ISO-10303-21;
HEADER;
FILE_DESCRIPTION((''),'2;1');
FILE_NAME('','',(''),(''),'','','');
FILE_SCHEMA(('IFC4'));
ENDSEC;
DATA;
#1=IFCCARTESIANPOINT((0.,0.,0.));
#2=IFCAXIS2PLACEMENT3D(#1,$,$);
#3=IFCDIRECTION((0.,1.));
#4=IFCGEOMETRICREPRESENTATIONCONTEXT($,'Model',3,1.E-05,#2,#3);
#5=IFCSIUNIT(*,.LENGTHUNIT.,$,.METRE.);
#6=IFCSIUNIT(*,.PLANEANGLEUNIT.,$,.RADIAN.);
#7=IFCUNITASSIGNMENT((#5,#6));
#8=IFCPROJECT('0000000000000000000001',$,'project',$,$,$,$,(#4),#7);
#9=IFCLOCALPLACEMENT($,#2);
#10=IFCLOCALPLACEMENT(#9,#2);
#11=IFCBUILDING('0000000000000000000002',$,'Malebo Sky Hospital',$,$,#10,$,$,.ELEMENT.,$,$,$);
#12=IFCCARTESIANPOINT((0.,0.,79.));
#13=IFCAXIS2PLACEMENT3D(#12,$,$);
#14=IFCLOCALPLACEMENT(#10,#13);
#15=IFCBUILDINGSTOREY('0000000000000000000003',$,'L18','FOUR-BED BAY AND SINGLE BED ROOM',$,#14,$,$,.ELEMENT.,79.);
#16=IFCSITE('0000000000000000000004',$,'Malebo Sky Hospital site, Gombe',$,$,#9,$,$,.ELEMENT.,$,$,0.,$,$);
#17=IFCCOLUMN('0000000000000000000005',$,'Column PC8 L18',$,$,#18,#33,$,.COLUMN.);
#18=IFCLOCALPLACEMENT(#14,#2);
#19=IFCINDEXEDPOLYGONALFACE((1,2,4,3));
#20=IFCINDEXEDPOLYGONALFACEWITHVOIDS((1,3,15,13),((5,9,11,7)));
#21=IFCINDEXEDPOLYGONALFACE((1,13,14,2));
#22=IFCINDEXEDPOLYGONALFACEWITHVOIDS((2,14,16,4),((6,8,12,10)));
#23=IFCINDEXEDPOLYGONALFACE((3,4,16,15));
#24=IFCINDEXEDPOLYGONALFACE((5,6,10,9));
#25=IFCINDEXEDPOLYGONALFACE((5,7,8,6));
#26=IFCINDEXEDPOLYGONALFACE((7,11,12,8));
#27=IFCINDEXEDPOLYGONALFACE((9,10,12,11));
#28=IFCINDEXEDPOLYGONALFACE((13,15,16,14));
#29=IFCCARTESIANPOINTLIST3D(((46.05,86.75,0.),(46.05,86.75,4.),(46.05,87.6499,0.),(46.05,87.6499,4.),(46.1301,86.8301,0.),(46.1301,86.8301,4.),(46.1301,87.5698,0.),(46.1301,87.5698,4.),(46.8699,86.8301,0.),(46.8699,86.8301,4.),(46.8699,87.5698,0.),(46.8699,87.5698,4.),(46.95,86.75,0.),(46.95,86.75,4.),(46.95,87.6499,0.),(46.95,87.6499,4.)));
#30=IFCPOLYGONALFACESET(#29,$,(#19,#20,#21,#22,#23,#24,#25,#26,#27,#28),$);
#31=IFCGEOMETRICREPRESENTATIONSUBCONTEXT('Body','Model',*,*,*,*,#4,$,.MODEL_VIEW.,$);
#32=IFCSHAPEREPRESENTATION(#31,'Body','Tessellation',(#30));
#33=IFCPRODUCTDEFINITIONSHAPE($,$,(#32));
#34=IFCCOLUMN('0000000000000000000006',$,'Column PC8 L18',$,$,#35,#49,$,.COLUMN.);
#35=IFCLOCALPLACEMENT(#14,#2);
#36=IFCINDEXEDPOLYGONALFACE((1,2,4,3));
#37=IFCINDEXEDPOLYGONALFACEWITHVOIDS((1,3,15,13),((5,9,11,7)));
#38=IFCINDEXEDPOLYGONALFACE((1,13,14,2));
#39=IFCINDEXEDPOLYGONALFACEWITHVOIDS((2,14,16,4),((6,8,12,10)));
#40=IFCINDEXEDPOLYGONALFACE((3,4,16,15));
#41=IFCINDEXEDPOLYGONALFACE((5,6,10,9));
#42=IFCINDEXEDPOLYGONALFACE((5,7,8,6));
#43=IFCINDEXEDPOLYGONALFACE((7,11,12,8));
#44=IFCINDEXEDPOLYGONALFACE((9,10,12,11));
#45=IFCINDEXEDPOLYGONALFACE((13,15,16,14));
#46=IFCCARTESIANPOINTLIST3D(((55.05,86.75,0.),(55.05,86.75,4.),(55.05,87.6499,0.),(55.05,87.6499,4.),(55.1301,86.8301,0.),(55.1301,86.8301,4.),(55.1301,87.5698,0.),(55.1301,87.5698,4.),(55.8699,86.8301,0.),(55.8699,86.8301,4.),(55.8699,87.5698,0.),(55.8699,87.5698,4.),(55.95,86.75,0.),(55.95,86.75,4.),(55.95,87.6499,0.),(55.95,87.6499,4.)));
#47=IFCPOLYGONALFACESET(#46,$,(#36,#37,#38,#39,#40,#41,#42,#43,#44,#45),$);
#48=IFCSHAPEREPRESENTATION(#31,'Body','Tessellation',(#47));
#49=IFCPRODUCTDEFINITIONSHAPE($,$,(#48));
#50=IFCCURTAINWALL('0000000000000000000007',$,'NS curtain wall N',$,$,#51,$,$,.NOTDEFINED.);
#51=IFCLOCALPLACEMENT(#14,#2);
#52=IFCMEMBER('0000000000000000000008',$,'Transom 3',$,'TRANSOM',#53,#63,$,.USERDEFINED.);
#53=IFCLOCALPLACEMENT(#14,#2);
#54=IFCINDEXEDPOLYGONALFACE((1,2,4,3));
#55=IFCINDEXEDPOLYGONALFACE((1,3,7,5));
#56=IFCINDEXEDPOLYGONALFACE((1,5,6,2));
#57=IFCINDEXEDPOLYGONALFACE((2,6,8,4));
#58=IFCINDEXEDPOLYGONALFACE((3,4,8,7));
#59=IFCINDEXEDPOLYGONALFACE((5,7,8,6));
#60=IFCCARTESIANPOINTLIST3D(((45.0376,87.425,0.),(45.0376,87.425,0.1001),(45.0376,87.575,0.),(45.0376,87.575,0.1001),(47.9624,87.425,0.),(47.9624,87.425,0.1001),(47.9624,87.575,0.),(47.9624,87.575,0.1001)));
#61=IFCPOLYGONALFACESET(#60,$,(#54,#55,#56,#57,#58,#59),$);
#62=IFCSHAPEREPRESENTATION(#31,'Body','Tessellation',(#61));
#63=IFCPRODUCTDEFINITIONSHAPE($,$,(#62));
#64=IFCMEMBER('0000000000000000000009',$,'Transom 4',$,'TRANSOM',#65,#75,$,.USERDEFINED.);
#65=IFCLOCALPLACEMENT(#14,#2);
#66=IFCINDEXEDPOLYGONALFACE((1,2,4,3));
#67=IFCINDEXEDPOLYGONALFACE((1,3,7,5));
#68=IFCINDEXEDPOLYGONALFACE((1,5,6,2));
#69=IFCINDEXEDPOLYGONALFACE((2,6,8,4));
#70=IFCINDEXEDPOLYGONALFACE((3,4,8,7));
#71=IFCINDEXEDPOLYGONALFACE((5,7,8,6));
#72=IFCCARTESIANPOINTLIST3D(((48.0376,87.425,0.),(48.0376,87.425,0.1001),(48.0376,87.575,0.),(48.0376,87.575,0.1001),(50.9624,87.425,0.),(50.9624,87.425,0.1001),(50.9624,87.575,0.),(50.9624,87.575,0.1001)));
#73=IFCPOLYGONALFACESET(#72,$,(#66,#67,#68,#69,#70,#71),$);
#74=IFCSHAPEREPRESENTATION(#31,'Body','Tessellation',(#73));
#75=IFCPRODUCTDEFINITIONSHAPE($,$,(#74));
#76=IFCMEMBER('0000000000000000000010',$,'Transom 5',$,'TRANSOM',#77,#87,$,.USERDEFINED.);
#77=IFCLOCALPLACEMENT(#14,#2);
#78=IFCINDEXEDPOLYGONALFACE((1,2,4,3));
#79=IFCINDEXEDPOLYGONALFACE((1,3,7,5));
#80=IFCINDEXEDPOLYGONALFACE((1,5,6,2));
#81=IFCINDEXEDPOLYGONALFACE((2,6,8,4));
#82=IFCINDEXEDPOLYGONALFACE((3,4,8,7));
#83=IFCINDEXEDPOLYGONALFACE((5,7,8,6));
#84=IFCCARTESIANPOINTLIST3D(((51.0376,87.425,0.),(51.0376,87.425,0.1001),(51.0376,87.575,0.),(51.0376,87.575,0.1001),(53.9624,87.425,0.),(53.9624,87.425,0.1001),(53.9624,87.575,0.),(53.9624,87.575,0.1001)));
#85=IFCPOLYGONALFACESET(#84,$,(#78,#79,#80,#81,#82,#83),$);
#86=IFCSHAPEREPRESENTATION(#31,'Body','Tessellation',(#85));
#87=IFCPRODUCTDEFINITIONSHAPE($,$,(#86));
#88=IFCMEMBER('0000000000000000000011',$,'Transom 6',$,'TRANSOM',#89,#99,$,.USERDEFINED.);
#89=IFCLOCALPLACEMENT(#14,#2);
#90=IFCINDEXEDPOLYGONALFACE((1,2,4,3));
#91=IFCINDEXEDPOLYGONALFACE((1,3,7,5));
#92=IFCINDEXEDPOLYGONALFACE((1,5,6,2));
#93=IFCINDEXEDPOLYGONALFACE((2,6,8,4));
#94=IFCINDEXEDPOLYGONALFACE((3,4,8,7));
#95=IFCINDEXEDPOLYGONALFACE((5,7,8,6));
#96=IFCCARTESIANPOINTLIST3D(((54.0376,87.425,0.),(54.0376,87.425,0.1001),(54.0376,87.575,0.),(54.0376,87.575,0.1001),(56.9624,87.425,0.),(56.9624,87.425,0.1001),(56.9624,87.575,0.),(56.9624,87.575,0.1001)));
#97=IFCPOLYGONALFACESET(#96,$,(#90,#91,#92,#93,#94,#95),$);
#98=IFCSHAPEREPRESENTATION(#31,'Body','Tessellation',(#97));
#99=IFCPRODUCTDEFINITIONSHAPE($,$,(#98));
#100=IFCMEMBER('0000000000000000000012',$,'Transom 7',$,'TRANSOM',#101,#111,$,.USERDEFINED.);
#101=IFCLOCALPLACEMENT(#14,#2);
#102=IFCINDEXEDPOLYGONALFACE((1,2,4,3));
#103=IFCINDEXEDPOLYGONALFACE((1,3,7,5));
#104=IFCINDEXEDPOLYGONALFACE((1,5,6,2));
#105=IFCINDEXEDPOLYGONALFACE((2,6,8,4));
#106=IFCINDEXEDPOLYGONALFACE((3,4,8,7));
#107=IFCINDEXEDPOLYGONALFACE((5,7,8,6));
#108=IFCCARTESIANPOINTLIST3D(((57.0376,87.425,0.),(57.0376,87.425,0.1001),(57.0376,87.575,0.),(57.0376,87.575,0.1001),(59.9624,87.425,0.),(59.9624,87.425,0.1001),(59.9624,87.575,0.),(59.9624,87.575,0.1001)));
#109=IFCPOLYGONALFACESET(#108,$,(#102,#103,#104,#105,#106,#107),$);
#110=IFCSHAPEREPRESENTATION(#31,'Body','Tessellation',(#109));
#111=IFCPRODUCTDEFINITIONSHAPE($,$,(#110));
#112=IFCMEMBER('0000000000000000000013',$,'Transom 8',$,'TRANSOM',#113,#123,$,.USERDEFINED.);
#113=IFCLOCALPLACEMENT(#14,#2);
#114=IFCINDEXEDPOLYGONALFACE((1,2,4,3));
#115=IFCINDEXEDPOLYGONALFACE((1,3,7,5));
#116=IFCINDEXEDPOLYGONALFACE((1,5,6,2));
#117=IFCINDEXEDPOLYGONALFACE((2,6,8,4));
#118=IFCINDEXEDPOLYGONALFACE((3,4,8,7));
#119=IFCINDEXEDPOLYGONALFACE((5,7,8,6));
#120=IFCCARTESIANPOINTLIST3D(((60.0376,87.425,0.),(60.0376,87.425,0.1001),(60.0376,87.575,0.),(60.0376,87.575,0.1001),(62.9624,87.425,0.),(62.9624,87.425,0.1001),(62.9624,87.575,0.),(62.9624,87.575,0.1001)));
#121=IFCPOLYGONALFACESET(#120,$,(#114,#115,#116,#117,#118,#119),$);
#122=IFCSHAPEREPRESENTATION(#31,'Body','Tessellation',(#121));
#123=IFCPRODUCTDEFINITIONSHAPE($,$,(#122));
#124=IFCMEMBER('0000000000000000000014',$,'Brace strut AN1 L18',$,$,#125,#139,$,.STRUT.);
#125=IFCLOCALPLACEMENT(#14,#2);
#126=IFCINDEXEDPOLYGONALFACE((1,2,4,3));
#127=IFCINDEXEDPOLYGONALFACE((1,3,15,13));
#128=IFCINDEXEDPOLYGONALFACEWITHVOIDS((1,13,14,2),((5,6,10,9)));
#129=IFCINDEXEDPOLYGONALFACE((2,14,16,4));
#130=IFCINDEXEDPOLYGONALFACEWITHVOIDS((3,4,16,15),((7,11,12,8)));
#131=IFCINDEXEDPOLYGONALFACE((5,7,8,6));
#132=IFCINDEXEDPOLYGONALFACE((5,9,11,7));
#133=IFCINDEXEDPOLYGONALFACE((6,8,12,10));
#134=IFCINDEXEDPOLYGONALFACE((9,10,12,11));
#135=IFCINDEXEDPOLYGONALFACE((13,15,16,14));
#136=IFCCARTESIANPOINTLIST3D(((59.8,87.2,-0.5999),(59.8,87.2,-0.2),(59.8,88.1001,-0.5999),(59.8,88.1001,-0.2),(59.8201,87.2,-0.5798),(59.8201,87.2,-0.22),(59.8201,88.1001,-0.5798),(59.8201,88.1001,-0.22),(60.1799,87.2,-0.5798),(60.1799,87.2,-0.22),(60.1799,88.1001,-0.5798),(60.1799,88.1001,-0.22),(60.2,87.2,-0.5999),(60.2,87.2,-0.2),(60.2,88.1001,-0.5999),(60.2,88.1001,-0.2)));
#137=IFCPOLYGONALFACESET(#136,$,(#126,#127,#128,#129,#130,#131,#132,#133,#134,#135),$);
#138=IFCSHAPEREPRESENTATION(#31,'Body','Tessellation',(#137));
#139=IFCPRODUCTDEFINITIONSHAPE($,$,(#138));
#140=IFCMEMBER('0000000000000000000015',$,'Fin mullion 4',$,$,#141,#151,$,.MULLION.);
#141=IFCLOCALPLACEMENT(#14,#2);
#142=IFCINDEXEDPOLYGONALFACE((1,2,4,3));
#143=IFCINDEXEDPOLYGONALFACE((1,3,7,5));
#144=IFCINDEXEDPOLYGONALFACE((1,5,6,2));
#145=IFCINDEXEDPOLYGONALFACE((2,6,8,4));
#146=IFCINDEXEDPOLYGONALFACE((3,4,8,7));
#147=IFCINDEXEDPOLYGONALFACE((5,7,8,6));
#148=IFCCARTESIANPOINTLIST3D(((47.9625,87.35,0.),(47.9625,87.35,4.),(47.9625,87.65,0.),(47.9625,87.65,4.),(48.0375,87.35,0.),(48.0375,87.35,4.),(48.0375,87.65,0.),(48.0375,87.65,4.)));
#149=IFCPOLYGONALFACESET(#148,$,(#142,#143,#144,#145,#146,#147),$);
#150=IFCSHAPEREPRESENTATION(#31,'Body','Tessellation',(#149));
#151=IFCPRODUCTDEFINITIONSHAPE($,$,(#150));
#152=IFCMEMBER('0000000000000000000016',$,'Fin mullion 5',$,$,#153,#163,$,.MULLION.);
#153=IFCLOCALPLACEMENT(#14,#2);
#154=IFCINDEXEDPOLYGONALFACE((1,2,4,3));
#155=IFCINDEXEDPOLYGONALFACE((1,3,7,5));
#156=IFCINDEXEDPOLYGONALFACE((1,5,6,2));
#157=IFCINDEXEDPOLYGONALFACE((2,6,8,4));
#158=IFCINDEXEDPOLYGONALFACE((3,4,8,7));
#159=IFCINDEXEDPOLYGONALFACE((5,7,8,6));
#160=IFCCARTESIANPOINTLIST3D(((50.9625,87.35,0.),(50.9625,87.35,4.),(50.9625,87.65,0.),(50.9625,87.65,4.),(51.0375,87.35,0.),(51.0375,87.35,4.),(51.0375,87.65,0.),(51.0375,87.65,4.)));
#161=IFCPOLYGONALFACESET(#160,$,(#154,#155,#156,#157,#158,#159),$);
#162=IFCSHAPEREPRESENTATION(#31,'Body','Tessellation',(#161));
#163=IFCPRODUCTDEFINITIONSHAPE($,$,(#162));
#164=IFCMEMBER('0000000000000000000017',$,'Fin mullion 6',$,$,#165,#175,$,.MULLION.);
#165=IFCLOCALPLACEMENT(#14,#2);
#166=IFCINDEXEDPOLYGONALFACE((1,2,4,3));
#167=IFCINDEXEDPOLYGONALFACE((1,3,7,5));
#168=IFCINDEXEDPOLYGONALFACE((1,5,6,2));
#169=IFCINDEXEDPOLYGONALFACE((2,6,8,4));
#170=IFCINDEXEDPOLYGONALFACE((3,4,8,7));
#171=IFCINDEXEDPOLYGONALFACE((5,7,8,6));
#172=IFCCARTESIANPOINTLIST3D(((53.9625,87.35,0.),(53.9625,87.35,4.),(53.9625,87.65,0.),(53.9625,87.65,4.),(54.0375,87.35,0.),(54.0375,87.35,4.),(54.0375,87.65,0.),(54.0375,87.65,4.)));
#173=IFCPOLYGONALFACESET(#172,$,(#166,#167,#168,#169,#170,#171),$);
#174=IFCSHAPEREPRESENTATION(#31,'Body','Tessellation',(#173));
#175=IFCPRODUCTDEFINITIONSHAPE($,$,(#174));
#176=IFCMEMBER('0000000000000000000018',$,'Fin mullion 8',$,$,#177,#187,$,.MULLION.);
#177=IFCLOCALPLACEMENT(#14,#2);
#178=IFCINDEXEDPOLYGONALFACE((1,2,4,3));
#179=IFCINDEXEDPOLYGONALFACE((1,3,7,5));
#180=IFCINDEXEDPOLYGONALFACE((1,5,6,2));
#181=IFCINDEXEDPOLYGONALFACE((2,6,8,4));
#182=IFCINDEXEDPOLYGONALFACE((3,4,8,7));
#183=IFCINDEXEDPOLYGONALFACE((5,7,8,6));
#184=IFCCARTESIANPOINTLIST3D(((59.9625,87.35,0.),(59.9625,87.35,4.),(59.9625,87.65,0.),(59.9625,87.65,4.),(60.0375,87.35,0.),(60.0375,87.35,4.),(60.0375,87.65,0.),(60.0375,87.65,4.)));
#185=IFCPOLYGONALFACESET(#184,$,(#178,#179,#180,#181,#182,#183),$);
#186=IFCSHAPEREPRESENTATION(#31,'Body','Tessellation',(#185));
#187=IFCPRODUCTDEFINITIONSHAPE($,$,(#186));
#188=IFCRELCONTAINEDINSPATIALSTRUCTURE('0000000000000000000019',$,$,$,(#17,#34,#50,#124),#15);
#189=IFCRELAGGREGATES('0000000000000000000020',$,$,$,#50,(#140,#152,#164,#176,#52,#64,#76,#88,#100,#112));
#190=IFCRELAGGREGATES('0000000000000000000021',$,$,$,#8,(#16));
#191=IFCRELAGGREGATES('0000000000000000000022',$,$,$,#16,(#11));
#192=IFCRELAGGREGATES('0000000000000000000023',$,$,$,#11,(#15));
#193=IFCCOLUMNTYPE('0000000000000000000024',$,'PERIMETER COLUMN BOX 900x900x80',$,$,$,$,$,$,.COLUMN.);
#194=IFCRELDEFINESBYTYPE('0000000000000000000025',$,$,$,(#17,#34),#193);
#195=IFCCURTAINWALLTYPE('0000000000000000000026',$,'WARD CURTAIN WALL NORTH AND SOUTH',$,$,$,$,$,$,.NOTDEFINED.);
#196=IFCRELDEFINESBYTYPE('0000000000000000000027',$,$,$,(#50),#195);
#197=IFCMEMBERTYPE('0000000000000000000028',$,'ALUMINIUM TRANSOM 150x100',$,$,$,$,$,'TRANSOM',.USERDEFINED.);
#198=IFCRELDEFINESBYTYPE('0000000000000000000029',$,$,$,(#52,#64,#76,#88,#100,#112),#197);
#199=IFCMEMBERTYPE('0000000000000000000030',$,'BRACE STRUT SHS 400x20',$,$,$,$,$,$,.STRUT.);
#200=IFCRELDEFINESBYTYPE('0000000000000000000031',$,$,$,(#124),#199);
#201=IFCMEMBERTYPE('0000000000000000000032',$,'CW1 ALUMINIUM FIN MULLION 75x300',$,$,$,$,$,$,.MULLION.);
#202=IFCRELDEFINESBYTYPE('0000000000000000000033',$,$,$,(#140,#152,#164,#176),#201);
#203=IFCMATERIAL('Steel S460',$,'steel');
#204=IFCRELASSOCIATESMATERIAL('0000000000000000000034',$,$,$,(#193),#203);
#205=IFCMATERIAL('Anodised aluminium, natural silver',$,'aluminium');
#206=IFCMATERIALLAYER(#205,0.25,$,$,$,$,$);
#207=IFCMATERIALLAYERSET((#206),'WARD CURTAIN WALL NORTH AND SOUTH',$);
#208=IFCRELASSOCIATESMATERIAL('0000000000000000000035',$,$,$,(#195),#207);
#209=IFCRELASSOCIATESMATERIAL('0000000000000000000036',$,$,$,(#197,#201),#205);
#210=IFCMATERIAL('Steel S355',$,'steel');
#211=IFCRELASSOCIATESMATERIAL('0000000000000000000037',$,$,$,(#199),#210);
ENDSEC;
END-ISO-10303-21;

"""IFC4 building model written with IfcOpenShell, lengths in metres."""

from ifc_helpers import new_model, si_unit, direction, frame, origin, origin_2d, place, context, subcontext, project, spatial, rectangle, hollow_rectangle, extrude, material, layer, layer_set, material_profile, profile_set, type_object, element, aggregate, save


model = new_model("IFC4")

# Units and contexts
model_context = context("Model", 3, precision=1e-05, world=origin(), true_north=direction((0.0, 1.0)))
body_context = subcontext(model_context, "Body", "Model", "MODEL_VIEW")
ifc_project = project(units=[si_unit("LENGTHUNIT", "METRE"), si_unit("PLANEANGLEUNIT", "RADIAN")], contexts=[model_context])

# Site, building, storey
site_placement = place(None, origin())
site = spatial("IfcSite", under=ifc_project, at=site_placement, Name="Malebo Sky Hospital site, Gombe", CompositionType="ELEMENT", RefElevation=0.0)
building_placement = place(site_placement, origin())
building = spatial("IfcBuilding", under=site, at=building_placement, Name="Malebo Sky Hospital", CompositionType="ELEMENT")
storey_placement = place(building_placement, frame((0.0, 0.0, 79.0)))
storey = spatial("IfcBuildingStorey", under=building, at=storey_placement, Name="L18", Description="FOUR-BED BAY AND SINGLE BED ROOM", CompositionType="ELEMENT", Elevation=79.0)

# Columns
ifc_material_1 = material(Name="Steel S460", Category="steel")
ifc_material_profile_1 = material_profile(ifc_material_1, hollow_rectangle(XDim=0.8999, YDim=0.8999, WallThickness=0.0801, at=origin_2d()), Name="BOX 900x900x80")
ifc_profile_set_1 = profile_set([ifc_material_profile_1], Name="Steel S460")
column_type = type_object("IfcColumnType", Name="PERIMETER COLUMN BOX 900x900x80", PredefinedType="COLUMN", material=ifc_profile_set_1)
for number, where, z_axis, x_axis, name in (
    (1, (46.5, 87.2, 0.0), (0.0, 0.0, 1.0), (1.0, 0.0, 0.0), "Column PC8 L18"),
    (2, (55.5, 87.2, 0.0), (0.0, 0.0, 1.0), (1.0, 0.0, 0.0), "Column PC8 L18"),
):
    element("IfcColumn", number, at=place(storey_placement, frame(where, z_axis=z_axis, x_axis=x_axis)), inside=storey, type_object=column_type, Name=name, PredefinedType="COLUMN", context=body_context, shape_type="SweptSolid", body=[
        extrude(hollow_rectangle(XDim=0.8999, YDim=0.8999, WallThickness=0.0801, at=origin_2d()), origin(), (0.0, 0.0, 1.0), 4.0),
    ])

# Curtain wall, members
ifc_material_2 = material(Name="Anodised aluminium, natural silver", Category="aluminium")
ifc_layer_1 = layer(ifc_material_2, 0.25)
ifc_layer_set_1 = layer_set([ifc_layer_1], Name="WARD CURTAIN WALL NORTH AND SOUTH")
curtain_wall_type = type_object("IfcCurtainWallType", Name="WARD CURTAIN WALL NORTH AND SOUTH", PredefinedType="NOTDEFINED", material=ifc_layer_set_1)
curtain_wall_placement = place(storey_placement, origin())
curtain_wall = element("IfcCurtainWall", 3, at=curtain_wall_placement, inside=storey, type_object=curtain_wall_type, Name="NS curtain wall N", PredefinedType="NOTDEFINED")
ifc_material_profile_2 = material_profile(ifc_material_2, rectangle(XDim=0.1499, YDim=0.1001, at=origin_2d()), Name="ALUMINIUM TRANSOM 150x100")
ifc_profile_set_2 = profile_set([ifc_material_profile_2], Name="Anodised aluminium, natural silver")
member_type_1 = type_object("IfcMemberType", Name="ALUMINIUM TRANSOM 150x100", ElementType="TRANSOM", PredefinedType="USERDEFINED", material=ifc_profile_set_2)
member_1_placement = place(storey_placement, frame((45.0376, 87.5, 0.05), z_axis=(1.0, 0.0, 0.0), x_axis=(0.0, 1.0, 0.0)))
member_1 = element("IfcMember", 4, at=member_1_placement, type_object=member_type_1, Name="Transom 3", ObjectType="TRANSOM", PredefinedType="USERDEFINED", context=body_context, shape_type="SweptSolid", body=[
    extrude(rectangle(XDim=0.1499, YDim=0.1001, at=origin_2d()), origin(), (0.0, 0.0, 1.0), 2.9248),
])
member_2_placement = place(storey_placement, frame((48.0376, 87.5, 0.05), z_axis=(1.0, 0.0, 0.0), x_axis=(0.0, 1.0, 0.0)))
member_2 = element("IfcMember", 5, at=member_2_placement, type_object=member_type_1, Name="Transom 4", ObjectType="TRANSOM", PredefinedType="USERDEFINED", context=body_context, shape_type="SweptSolid", body=[
    extrude(rectangle(XDim=0.1499, YDim=0.1001, at=origin_2d()), origin(), (0.0, 0.0, 1.0), 2.9248),
])
member_3_placement = place(storey_placement, frame((51.0376, 87.5, 0.05), z_axis=(1.0, 0.0, 0.0), x_axis=(0.0, 1.0, 0.0)))
member_3 = element("IfcMember", 6, at=member_3_placement, type_object=member_type_1, Name="Transom 5", ObjectType="TRANSOM", PredefinedType="USERDEFINED", context=body_context, shape_type="SweptSolid", body=[
    extrude(rectangle(XDim=0.1499, YDim=0.1001, at=origin_2d()), origin(), (0.0, 0.0, 1.0), 2.9248),
])
member_4_placement = place(storey_placement, frame((54.0376, 87.5, 0.05), z_axis=(1.0, 0.0, 0.0), x_axis=(0.0, 1.0, 0.0)))
member_4 = element("IfcMember", 7, at=member_4_placement, type_object=member_type_1, Name="Transom 6", ObjectType="TRANSOM", PredefinedType="USERDEFINED", context=body_context, shape_type="SweptSolid", body=[
    extrude(rectangle(XDim=0.1499, YDim=0.1001, at=origin_2d()), origin(), (0.0, 0.0, 1.0), 2.9248),
])
member_5_placement = place(storey_placement, frame((57.0376, 87.5, 0.05), z_axis=(1.0, 0.0, 0.0), x_axis=(0.0, 1.0, 0.0)))
member_5 = element("IfcMember", 8, at=member_5_placement, type_object=member_type_1, Name="Transom 7", ObjectType="TRANSOM", PredefinedType="USERDEFINED", context=body_context, shape_type="SweptSolid", body=[
    extrude(rectangle(XDim=0.1499, YDim=0.1001, at=origin_2d()), origin(), (0.0, 0.0, 1.0), 2.9248),
])
member_6_placement = place(storey_placement, frame((60.0376, 87.5, 0.05), z_axis=(1.0, 0.0, 0.0), x_axis=(0.0, 1.0, 0.0)))
member_6 = element("IfcMember", 9, at=member_6_placement, type_object=member_type_1, Name="Transom 8", ObjectType="TRANSOM", PredefinedType="USERDEFINED", context=body_context, shape_type="SweptSolid", body=[
    extrude(rectangle(XDim=0.1499, YDim=0.1001, at=origin_2d()), origin(), (0.0, 0.0, 1.0), 2.9248),
])

# Members
ifc_material_3 = material(Name="Steel S355", Category="steel")
ifc_material_profile_3 = material_profile(ifc_material_3, hollow_rectangle(XDim=0.3999, YDim=0.3999, WallThickness=0.02, at=origin_2d()), Name="SHS 400x20")
ifc_profile_set_3 = profile_set([ifc_material_profile_3], Name="Steel S355")
member_type_2 = type_object("IfcMemberType", Name="BRACE STRUT SHS 400x20", PredefinedType="STRUT", material=ifc_profile_set_3)
member_7_placement = place(storey_placement, frame((60.0, 88.1001, -0.3999), z_axis=(0.0, -1.0, 0.0), x_axis=(1.0, 0.0, 0.0)))
element("IfcMember", 10, at=member_7_placement, inside=storey, type_object=member_type_2, Name="Brace strut AN1 L18", PredefinedType="STRUT", context=body_context, shape_type="SweptSolid", body=[
    extrude(hollow_rectangle(XDim=0.3999, YDim=0.3999, WallThickness=0.02, at=origin_2d()), origin(), (0.0, 0.0, 1.0), 0.9001),
])
ifc_material_profile_4 = material_profile(ifc_material_2, rectangle(XDim=0.075, YDim=0.3, at=origin_2d()), Name="CW1 ALUMINIUM FIN MULLION 75x300")
ifc_profile_set_4 = profile_set([ifc_material_profile_4], Name="Anodised aluminium, natural silver")
member_type_3 = type_object("IfcMemberType", Name="CW1 ALUMINIUM FIN MULLION 75x300", PredefinedType="MULLION", material=ifc_profile_set_4)
member_8_placement = place(storey_placement, frame((48.0, 87.5, 0.0), z_axis=(0.0, 0.0, 1.0), x_axis=(1.0, 0.0, 0.0)))
member_8 = element("IfcMember", 11, at=member_8_placement, type_object=member_type_3, Name="Fin mullion 4", PredefinedType="MULLION", context=body_context, shape_type="SweptSolid", body=[
    extrude(rectangle(XDim=0.075, YDim=0.3, at=origin_2d()), origin(), (0.0, 0.0, 1.0), 4.0),
])
member_9_placement = place(storey_placement, frame((51.0, 87.5, 0.0), z_axis=(0.0, 0.0, 1.0), x_axis=(1.0, 0.0, 0.0)))
member_9 = element("IfcMember", 12, at=member_9_placement, type_object=member_type_3, Name="Fin mullion 5", PredefinedType="MULLION", context=body_context, shape_type="SweptSolid", body=[
    extrude(rectangle(XDim=0.075, YDim=0.3, at=origin_2d()), origin(), (0.0, 0.0, 1.0), 4.0),
])
member_10_placement = place(storey_placement, frame((54.0, 87.5, 0.0), z_axis=(0.0, 0.0, 1.0), x_axis=(1.0, 0.0, 0.0)))
member_10 = element("IfcMember", 13, at=member_10_placement, type_object=member_type_3, Name="Fin mullion 6", PredefinedType="MULLION", context=body_context, shape_type="SweptSolid", body=[
    extrude(rectangle(XDim=0.075, YDim=0.3, at=origin_2d()), origin(), (0.0, 0.0, 1.0), 4.0),
])
member_11_placement = place(storey_placement, frame((60.0, 87.5, 0.0), z_axis=(0.0, 0.0, 1.0), x_axis=(1.0, 0.0, 0.0)))
member_11 = element("IfcMember", 14, at=member_11_placement, type_object=member_type_3, Name="Fin mullion 8", PredefinedType="MULLION", context=body_context, shape_type="SweptSolid", body=[
    extrude(rectangle(XDim=0.075, YDim=0.3, at=origin_2d()), origin(), (0.0, 0.0, 1.0), 4.0),
])

aggregate(curtain_wall, [member_8, member_9, member_10, member_11, member_1, member_2, member_3, member_4, member_5, member_6])

save(model, "model.ifc")
